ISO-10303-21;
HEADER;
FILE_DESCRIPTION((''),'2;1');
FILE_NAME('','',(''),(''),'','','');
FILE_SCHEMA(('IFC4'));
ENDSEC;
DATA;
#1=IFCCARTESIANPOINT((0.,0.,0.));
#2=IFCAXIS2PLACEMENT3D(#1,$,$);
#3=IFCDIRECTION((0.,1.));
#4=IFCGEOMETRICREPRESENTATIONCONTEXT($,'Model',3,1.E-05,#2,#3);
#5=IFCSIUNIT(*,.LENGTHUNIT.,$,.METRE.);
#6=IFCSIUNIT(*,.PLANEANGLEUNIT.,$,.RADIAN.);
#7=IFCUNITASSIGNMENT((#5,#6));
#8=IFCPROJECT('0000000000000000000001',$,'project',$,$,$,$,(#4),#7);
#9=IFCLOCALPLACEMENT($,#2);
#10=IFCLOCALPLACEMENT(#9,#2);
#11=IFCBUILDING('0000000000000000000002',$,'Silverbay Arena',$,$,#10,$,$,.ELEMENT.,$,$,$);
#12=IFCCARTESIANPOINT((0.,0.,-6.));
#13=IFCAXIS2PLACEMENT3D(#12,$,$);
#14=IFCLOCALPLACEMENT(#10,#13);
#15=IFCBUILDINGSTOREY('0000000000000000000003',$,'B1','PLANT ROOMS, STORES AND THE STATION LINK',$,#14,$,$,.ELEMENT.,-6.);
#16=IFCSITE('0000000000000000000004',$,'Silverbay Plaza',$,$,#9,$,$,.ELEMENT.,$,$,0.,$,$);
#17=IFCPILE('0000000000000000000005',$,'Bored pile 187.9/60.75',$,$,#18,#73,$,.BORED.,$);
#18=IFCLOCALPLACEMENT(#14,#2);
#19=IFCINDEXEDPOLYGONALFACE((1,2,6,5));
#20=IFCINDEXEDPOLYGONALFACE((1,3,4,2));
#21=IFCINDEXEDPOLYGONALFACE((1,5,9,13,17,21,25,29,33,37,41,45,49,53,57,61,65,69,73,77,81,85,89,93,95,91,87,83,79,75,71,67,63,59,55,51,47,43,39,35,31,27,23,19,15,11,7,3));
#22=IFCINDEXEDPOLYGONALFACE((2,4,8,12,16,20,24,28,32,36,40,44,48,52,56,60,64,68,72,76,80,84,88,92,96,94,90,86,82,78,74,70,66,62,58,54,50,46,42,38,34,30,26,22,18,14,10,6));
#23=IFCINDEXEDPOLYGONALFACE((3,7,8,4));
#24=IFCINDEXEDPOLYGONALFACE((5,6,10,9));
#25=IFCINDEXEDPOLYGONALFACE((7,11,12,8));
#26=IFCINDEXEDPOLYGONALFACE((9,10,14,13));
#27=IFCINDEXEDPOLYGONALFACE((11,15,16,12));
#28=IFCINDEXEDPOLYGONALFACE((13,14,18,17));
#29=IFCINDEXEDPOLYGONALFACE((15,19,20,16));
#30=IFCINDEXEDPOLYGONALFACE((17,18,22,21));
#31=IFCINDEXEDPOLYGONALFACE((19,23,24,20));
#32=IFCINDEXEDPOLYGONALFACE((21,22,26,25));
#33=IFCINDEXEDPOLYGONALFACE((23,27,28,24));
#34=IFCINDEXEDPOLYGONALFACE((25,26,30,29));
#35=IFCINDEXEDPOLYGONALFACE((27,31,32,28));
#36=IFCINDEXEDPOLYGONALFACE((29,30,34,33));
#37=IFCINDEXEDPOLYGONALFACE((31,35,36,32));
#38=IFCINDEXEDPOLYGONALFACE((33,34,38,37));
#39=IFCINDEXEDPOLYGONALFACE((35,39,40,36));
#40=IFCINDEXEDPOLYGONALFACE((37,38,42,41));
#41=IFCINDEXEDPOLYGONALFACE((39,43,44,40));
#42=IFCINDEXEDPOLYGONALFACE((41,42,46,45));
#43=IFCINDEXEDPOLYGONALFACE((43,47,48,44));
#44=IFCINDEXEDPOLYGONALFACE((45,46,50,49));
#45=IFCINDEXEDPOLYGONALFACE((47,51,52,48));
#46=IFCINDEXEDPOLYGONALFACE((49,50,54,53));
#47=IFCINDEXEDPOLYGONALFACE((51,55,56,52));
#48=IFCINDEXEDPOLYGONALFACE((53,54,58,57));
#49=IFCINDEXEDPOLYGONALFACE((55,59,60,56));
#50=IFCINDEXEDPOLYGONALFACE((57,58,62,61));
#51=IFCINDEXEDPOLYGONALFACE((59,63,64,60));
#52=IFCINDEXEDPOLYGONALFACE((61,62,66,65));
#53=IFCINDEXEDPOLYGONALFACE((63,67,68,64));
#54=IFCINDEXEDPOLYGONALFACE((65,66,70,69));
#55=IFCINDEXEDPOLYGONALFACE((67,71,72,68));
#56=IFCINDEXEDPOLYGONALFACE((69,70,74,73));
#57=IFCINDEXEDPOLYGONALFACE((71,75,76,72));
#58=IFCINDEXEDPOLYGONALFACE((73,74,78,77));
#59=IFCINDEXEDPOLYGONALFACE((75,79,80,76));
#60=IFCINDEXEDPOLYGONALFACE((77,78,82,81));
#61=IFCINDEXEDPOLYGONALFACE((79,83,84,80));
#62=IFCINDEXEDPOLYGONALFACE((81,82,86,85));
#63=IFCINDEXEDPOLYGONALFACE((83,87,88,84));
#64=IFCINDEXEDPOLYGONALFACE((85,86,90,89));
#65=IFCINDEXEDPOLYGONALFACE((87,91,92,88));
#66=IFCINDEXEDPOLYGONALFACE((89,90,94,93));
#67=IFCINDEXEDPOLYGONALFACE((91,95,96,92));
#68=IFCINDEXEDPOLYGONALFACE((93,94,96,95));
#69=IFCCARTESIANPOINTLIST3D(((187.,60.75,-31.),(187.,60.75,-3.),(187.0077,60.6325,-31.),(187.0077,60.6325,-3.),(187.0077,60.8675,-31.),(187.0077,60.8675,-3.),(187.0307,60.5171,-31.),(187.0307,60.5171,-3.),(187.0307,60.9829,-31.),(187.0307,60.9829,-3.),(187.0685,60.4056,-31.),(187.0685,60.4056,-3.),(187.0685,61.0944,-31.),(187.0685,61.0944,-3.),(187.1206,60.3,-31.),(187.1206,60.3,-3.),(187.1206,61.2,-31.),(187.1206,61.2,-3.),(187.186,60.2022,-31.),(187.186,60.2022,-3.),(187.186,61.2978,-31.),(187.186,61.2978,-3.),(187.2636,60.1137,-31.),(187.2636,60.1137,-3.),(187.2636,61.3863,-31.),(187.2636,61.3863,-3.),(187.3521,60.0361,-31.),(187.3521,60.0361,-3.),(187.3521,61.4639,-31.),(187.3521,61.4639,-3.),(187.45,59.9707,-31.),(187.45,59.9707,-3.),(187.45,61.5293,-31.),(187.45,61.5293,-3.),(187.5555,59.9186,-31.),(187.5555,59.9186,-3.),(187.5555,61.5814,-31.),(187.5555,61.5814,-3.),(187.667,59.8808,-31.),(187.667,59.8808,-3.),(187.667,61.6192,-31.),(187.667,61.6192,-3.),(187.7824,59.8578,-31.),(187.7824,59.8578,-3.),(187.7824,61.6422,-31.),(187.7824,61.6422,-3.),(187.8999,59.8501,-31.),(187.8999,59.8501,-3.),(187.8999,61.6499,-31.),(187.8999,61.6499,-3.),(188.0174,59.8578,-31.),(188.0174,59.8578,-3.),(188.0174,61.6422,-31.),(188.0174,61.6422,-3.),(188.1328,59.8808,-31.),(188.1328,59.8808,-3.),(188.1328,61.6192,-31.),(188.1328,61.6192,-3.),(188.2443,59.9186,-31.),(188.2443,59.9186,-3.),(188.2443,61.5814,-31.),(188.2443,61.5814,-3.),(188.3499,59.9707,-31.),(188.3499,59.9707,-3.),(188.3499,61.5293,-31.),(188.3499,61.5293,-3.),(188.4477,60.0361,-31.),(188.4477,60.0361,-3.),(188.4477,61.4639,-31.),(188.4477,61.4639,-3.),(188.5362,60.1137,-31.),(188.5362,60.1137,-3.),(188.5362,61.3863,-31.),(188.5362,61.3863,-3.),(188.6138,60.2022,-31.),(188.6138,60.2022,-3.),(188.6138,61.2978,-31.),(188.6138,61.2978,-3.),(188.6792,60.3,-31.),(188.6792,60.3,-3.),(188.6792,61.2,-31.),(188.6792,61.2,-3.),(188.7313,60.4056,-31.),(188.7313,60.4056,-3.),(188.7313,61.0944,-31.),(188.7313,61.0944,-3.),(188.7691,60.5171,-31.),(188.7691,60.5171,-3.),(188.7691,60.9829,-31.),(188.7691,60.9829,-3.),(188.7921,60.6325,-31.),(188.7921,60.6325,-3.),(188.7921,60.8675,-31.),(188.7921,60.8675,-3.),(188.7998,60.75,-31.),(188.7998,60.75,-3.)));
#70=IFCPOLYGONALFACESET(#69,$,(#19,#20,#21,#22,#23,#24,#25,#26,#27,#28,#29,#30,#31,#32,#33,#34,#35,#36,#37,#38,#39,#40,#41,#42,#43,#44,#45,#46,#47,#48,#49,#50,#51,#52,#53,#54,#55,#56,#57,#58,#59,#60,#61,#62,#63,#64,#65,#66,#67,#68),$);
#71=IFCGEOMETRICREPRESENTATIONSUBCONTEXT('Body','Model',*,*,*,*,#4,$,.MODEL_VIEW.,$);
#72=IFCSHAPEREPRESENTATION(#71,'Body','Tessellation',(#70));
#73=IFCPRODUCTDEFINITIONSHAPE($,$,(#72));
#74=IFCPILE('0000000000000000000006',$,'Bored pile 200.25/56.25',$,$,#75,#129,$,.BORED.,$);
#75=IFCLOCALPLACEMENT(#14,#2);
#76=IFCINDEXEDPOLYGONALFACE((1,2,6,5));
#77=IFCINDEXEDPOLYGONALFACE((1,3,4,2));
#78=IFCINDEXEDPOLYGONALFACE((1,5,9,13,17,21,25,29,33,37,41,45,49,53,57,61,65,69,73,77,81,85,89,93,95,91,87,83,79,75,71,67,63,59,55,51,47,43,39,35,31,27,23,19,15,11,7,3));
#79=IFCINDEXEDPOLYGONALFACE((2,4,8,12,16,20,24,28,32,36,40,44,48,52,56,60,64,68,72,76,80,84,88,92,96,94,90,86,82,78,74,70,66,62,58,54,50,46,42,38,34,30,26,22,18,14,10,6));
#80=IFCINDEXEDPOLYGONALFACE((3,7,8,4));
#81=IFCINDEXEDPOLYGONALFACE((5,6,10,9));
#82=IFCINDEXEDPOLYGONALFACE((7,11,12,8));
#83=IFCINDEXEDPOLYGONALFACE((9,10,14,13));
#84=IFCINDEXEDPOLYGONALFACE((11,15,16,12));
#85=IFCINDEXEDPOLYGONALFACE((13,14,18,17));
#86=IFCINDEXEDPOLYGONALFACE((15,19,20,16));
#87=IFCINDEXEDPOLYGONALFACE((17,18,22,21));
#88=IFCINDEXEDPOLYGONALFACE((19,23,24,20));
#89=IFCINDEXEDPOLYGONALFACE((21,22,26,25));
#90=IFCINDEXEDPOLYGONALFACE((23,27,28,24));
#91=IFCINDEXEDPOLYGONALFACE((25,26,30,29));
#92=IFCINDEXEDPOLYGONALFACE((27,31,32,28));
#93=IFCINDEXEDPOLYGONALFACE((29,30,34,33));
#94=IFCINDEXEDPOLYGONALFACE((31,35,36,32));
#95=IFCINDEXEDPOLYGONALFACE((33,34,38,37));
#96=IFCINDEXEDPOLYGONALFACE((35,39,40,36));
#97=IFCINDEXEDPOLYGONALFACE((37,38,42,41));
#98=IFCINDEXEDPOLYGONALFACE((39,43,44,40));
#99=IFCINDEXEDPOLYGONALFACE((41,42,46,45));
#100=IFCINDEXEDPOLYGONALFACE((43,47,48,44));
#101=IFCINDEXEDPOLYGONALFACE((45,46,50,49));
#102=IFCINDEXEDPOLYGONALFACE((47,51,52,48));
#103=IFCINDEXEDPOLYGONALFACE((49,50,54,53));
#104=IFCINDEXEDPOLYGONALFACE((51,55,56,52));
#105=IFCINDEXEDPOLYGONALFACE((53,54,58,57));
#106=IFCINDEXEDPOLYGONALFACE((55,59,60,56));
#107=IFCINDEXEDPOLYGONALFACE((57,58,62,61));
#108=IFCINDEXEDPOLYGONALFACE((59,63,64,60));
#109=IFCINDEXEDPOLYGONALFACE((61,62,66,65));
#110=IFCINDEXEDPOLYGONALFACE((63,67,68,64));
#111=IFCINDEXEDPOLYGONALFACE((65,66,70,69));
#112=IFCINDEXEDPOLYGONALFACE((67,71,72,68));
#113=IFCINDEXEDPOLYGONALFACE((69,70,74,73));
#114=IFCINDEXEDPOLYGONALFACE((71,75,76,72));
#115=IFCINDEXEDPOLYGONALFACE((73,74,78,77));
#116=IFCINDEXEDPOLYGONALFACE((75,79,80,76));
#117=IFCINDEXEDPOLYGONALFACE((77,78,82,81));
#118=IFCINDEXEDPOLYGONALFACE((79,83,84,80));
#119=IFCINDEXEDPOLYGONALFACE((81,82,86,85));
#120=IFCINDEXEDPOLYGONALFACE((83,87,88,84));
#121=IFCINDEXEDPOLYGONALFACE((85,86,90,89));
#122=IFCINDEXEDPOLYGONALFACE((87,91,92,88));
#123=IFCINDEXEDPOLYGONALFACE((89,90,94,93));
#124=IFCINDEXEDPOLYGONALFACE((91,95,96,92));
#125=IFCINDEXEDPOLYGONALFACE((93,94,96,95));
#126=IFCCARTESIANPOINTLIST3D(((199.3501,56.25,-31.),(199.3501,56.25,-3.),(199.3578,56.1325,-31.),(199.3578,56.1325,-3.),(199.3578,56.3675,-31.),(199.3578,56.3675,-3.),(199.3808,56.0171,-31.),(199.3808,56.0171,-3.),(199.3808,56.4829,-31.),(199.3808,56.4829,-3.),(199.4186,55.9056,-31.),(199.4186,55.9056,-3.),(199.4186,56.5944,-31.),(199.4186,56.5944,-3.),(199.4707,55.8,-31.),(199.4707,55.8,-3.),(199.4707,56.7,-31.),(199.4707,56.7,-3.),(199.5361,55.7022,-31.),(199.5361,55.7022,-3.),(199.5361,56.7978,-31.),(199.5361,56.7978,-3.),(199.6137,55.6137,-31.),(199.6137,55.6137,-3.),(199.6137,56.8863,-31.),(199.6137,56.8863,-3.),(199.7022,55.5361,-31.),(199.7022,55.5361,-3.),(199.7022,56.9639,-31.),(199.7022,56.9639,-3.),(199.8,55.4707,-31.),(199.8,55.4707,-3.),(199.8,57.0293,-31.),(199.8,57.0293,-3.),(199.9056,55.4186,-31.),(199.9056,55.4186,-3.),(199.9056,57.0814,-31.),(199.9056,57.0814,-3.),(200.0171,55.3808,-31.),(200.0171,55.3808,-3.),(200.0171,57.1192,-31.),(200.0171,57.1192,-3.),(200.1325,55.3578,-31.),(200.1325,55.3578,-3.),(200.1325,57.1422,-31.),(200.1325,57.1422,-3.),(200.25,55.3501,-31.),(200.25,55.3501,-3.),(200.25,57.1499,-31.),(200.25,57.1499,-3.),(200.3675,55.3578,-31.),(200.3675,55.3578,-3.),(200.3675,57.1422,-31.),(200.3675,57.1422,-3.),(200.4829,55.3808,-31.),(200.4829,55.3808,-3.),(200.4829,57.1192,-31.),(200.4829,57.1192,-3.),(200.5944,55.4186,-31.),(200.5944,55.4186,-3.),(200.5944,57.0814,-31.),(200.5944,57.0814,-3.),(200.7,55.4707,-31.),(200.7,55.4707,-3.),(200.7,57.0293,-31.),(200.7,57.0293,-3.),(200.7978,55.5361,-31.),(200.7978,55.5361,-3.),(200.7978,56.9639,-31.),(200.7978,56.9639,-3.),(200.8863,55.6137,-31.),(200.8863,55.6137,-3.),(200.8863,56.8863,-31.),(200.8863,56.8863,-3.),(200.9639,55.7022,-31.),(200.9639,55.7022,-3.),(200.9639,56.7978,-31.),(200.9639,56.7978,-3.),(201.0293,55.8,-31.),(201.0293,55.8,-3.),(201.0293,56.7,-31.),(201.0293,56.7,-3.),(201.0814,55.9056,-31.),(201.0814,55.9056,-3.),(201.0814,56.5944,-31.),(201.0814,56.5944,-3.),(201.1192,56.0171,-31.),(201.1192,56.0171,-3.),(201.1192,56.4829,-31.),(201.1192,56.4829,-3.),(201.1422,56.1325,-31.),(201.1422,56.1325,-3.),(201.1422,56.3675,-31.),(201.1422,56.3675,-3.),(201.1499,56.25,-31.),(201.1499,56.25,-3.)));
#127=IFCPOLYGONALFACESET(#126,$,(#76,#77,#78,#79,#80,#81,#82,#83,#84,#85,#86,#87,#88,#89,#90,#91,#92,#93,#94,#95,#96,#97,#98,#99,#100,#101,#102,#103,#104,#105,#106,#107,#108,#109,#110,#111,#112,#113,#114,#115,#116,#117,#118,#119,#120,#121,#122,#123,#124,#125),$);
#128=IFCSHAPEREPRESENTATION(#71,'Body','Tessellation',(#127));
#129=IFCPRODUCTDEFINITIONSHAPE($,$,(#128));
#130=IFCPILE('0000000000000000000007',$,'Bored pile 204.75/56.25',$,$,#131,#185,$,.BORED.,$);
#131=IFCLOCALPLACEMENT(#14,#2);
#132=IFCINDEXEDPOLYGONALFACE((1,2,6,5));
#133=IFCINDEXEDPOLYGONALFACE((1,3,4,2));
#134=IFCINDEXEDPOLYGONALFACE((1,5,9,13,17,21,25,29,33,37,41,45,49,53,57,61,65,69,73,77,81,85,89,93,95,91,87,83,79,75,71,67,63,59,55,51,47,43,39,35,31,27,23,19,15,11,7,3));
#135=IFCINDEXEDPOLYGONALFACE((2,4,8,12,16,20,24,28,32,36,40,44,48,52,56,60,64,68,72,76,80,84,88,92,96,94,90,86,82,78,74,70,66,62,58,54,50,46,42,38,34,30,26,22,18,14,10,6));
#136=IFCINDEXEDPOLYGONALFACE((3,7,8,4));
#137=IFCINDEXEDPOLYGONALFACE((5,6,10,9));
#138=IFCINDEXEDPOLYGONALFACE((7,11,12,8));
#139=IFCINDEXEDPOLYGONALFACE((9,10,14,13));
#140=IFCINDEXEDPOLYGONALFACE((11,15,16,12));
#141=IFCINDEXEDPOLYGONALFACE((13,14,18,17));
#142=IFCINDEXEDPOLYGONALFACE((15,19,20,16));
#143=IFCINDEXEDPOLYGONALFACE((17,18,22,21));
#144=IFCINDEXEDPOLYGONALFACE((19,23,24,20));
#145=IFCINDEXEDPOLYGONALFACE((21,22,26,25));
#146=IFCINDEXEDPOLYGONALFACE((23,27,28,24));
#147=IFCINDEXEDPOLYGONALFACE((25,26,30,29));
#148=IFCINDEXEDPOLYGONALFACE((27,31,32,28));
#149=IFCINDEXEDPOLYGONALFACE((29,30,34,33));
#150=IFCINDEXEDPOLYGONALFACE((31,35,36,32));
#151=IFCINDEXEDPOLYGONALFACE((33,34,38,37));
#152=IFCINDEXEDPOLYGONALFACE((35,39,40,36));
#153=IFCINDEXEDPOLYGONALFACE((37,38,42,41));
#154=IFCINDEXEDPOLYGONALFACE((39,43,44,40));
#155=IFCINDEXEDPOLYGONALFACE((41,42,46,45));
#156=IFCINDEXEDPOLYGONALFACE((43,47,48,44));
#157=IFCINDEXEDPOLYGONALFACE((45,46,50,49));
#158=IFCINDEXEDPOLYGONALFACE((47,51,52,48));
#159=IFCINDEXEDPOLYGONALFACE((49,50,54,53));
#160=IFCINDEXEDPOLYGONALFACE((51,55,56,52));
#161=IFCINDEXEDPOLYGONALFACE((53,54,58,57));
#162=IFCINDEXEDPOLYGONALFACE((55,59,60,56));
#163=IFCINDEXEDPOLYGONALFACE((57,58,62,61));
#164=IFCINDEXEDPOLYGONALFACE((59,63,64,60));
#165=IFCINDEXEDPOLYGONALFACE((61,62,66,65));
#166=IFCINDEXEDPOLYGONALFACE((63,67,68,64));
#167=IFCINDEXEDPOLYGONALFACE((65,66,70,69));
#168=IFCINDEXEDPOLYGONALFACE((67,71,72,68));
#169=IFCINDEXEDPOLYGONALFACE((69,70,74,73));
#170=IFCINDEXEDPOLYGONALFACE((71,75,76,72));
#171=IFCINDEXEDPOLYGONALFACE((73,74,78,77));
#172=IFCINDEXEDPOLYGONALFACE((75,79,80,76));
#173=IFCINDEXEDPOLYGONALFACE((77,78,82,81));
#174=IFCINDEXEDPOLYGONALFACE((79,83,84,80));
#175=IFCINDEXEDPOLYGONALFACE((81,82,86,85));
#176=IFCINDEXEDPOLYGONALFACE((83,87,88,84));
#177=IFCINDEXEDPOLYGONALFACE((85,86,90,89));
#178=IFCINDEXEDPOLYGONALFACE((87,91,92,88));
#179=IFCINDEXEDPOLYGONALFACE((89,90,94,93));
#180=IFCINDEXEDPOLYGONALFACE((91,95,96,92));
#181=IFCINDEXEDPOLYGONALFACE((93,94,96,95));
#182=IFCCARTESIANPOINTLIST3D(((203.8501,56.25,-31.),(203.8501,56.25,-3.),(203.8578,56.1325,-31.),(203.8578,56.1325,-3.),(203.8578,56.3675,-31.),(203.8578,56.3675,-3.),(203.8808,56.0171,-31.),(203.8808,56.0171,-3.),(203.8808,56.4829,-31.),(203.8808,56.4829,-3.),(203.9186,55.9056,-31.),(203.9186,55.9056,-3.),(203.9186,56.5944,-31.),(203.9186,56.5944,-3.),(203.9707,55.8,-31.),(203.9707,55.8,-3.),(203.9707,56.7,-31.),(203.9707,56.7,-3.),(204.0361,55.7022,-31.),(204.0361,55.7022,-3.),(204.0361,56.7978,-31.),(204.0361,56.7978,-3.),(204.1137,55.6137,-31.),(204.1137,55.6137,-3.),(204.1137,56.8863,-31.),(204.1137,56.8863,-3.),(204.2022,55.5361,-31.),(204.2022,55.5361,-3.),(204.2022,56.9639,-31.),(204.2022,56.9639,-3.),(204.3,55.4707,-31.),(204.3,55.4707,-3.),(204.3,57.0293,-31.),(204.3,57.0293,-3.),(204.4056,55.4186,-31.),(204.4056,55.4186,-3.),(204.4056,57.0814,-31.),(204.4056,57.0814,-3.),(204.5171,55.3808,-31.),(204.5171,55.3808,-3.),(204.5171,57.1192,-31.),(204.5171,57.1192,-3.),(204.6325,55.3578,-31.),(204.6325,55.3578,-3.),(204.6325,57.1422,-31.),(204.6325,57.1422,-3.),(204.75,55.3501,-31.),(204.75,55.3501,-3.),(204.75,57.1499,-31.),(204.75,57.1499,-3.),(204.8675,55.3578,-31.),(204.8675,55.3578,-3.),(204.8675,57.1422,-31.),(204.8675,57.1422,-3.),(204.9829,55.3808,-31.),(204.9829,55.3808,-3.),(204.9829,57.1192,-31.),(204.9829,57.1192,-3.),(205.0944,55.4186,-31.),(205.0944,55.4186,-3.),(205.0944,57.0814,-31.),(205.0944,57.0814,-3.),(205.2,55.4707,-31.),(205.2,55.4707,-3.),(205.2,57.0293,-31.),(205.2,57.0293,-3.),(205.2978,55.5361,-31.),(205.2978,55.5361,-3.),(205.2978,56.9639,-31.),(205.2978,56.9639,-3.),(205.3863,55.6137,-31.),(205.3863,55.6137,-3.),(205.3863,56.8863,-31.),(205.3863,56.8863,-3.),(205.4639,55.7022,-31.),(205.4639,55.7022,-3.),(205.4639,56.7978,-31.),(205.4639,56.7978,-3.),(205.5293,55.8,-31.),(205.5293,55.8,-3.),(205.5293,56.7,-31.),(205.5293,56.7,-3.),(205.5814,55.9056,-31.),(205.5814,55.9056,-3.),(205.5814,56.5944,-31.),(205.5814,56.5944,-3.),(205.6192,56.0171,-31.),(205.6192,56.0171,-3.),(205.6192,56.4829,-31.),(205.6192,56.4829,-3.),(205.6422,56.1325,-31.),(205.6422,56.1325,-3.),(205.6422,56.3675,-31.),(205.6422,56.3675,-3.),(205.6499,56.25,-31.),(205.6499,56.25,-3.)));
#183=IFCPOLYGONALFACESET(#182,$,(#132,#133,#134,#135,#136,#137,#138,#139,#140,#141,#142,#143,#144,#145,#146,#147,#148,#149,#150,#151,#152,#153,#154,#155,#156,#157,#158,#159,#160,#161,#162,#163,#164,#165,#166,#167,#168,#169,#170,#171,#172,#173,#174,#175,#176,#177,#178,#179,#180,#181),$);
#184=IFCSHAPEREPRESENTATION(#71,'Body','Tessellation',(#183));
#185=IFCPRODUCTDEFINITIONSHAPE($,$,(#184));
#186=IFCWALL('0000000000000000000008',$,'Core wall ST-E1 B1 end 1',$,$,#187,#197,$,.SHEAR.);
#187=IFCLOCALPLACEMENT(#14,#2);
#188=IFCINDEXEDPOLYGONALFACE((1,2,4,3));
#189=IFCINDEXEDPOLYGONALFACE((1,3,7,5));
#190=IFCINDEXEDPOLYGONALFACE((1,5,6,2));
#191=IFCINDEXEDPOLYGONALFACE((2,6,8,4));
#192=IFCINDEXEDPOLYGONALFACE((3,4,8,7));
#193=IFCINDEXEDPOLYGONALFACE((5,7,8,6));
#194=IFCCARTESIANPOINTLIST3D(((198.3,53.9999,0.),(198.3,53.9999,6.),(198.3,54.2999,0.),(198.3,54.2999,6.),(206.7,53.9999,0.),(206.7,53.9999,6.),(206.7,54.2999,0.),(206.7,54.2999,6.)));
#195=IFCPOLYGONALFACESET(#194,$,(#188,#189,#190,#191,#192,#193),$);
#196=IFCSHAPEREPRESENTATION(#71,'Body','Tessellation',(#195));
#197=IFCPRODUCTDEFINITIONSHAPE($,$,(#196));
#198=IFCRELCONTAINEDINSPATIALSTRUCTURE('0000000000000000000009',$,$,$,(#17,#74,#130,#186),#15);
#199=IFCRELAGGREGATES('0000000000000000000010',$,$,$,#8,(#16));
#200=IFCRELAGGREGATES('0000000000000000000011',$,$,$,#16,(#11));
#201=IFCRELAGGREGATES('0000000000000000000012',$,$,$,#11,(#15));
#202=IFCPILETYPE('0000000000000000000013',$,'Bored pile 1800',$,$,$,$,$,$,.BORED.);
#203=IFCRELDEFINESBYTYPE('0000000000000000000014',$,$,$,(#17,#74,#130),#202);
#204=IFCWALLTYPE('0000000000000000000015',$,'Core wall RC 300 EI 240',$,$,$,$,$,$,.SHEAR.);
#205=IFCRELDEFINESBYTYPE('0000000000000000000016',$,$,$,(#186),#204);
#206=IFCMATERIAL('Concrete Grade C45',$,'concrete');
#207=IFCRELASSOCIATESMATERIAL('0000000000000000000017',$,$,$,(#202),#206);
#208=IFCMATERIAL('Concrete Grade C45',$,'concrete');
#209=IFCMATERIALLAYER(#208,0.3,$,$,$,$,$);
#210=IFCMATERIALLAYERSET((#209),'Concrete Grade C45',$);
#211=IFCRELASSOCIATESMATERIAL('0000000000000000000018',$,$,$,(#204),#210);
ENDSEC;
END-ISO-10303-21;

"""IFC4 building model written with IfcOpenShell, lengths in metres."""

from ifc_helpers import new_model, si_unit, direction, frame, frame_2d, origin, origin_2d, place, context, subcontext, project, spatial, rectangle, circle, extrude, material, layer, layer_set, material_profile, profile_set, type_object, element, save


model = new_model("IFC4")

# Units and contexts
model_context = context("Model", 3, precision=1e-05, world=origin(), true_north=direction((0.0, 1.0)))
body_context = subcontext(model_context, "Body", "Model", "MODEL_VIEW")
ifc_project = project(units=[si_unit("LENGTHUNIT", "METRE"), si_unit("PLANEANGLEUNIT", "RADIAN")], contexts=[model_context])

# Site, building, storey
site_placement = place(None, origin())
site = spatial("IfcSite", under=ifc_project, at=site_placement, Name="Silverbay Plaza", CompositionType="ELEMENT", RefElevation=0.0)
building_placement = place(site_placement, origin())
building = spatial("IfcBuilding", under=site, at=building_placement, Name="Silverbay Arena", CompositionType="ELEMENT")
storey_placement = place(building_placement, frame((0.0, 0.0, -6.0)))
storey = spatial("IfcBuildingStorey", under=building, at=storey_placement, Name="B1", Description="PLANT ROOMS, STORES AND THE STATION LINK", CompositionType="ELEMENT", Elevation=-6.0)

# Piles
ifc_material_1 = material(Name="Concrete Grade C45", Category="concrete")
ifc_material_profile = material_profile(ifc_material_1, circle(Radius=0.8999, at=origin_2d()), Name="Bored pile 1800")
ifc_profile_set = profile_set([ifc_material_profile], Name="Concrete Grade C45")
pile_type = type_object("IfcPileType", Name="Bored pile 1800", PredefinedType="BORED", material=ifc_profile_set)
for number, where, z_axis, x_axis, name in (
    (1, (187.8999, 60.75, -3.0), (0.0, 0.0, -1.0), (1.0, 0.0, 0.0), "Bored pile 187.9/60.75"),
    (2, (200.25, 56.25, -3.0), (0.0, 0.0, -1.0), (1.0, 0.0, 0.0), "Bored pile 200.25/56.25"),
    (3, (204.75, 56.25, -3.0), (0.0, 0.0, -1.0), (1.0, 0.0, 0.0), "Bored pile 204.75/56.25"),
):
    element("IfcPile", number, at=place(storey_placement, frame(where, z_axis=z_axis, x_axis=x_axis)), inside=storey, type_object=pile_type, Name=name, PredefinedType="BORED", context=body_context, shape_type="SweptSolid", body=[
        extrude(circle(Radius=0.8999, at=origin_2d()), origin(), (0.0, 0.0, 1.0), 28.0),
    ])

# Wall
ifc_material_2 = material(Name="Concrete Grade C45", Category="concrete")
ifc_layer = layer(ifc_material_2, 0.3)
ifc_layer_set = layer_set([ifc_layer], Name="Concrete Grade C45")
wall_type = type_object("IfcWallType", Name="Core wall RC 300 EI 240", PredefinedType="SHEAR", material=ifc_layer_set)
wall_placement = place(storey_placement, frame((198.3, 54.1499, 0.0), z_axis=(0.0, 0.0, 1.0), x_axis=(1.0, 0.0, 0.0)))
element("IfcWall", 4, at=wall_placement, inside=storey, type_object=wall_type, Name="Core wall ST-E1 B1 end 1", PredefinedType="SHEAR", context=body_context, shape_type="SweptSolid", body=[
    extrude(rectangle(XDim=8.3999, YDim=0.3, at=frame_2d((4.2, 0.0))), origin(), (0.0, 0.0, 1.0), 6.0),
])

save(model, "model.ifc")
